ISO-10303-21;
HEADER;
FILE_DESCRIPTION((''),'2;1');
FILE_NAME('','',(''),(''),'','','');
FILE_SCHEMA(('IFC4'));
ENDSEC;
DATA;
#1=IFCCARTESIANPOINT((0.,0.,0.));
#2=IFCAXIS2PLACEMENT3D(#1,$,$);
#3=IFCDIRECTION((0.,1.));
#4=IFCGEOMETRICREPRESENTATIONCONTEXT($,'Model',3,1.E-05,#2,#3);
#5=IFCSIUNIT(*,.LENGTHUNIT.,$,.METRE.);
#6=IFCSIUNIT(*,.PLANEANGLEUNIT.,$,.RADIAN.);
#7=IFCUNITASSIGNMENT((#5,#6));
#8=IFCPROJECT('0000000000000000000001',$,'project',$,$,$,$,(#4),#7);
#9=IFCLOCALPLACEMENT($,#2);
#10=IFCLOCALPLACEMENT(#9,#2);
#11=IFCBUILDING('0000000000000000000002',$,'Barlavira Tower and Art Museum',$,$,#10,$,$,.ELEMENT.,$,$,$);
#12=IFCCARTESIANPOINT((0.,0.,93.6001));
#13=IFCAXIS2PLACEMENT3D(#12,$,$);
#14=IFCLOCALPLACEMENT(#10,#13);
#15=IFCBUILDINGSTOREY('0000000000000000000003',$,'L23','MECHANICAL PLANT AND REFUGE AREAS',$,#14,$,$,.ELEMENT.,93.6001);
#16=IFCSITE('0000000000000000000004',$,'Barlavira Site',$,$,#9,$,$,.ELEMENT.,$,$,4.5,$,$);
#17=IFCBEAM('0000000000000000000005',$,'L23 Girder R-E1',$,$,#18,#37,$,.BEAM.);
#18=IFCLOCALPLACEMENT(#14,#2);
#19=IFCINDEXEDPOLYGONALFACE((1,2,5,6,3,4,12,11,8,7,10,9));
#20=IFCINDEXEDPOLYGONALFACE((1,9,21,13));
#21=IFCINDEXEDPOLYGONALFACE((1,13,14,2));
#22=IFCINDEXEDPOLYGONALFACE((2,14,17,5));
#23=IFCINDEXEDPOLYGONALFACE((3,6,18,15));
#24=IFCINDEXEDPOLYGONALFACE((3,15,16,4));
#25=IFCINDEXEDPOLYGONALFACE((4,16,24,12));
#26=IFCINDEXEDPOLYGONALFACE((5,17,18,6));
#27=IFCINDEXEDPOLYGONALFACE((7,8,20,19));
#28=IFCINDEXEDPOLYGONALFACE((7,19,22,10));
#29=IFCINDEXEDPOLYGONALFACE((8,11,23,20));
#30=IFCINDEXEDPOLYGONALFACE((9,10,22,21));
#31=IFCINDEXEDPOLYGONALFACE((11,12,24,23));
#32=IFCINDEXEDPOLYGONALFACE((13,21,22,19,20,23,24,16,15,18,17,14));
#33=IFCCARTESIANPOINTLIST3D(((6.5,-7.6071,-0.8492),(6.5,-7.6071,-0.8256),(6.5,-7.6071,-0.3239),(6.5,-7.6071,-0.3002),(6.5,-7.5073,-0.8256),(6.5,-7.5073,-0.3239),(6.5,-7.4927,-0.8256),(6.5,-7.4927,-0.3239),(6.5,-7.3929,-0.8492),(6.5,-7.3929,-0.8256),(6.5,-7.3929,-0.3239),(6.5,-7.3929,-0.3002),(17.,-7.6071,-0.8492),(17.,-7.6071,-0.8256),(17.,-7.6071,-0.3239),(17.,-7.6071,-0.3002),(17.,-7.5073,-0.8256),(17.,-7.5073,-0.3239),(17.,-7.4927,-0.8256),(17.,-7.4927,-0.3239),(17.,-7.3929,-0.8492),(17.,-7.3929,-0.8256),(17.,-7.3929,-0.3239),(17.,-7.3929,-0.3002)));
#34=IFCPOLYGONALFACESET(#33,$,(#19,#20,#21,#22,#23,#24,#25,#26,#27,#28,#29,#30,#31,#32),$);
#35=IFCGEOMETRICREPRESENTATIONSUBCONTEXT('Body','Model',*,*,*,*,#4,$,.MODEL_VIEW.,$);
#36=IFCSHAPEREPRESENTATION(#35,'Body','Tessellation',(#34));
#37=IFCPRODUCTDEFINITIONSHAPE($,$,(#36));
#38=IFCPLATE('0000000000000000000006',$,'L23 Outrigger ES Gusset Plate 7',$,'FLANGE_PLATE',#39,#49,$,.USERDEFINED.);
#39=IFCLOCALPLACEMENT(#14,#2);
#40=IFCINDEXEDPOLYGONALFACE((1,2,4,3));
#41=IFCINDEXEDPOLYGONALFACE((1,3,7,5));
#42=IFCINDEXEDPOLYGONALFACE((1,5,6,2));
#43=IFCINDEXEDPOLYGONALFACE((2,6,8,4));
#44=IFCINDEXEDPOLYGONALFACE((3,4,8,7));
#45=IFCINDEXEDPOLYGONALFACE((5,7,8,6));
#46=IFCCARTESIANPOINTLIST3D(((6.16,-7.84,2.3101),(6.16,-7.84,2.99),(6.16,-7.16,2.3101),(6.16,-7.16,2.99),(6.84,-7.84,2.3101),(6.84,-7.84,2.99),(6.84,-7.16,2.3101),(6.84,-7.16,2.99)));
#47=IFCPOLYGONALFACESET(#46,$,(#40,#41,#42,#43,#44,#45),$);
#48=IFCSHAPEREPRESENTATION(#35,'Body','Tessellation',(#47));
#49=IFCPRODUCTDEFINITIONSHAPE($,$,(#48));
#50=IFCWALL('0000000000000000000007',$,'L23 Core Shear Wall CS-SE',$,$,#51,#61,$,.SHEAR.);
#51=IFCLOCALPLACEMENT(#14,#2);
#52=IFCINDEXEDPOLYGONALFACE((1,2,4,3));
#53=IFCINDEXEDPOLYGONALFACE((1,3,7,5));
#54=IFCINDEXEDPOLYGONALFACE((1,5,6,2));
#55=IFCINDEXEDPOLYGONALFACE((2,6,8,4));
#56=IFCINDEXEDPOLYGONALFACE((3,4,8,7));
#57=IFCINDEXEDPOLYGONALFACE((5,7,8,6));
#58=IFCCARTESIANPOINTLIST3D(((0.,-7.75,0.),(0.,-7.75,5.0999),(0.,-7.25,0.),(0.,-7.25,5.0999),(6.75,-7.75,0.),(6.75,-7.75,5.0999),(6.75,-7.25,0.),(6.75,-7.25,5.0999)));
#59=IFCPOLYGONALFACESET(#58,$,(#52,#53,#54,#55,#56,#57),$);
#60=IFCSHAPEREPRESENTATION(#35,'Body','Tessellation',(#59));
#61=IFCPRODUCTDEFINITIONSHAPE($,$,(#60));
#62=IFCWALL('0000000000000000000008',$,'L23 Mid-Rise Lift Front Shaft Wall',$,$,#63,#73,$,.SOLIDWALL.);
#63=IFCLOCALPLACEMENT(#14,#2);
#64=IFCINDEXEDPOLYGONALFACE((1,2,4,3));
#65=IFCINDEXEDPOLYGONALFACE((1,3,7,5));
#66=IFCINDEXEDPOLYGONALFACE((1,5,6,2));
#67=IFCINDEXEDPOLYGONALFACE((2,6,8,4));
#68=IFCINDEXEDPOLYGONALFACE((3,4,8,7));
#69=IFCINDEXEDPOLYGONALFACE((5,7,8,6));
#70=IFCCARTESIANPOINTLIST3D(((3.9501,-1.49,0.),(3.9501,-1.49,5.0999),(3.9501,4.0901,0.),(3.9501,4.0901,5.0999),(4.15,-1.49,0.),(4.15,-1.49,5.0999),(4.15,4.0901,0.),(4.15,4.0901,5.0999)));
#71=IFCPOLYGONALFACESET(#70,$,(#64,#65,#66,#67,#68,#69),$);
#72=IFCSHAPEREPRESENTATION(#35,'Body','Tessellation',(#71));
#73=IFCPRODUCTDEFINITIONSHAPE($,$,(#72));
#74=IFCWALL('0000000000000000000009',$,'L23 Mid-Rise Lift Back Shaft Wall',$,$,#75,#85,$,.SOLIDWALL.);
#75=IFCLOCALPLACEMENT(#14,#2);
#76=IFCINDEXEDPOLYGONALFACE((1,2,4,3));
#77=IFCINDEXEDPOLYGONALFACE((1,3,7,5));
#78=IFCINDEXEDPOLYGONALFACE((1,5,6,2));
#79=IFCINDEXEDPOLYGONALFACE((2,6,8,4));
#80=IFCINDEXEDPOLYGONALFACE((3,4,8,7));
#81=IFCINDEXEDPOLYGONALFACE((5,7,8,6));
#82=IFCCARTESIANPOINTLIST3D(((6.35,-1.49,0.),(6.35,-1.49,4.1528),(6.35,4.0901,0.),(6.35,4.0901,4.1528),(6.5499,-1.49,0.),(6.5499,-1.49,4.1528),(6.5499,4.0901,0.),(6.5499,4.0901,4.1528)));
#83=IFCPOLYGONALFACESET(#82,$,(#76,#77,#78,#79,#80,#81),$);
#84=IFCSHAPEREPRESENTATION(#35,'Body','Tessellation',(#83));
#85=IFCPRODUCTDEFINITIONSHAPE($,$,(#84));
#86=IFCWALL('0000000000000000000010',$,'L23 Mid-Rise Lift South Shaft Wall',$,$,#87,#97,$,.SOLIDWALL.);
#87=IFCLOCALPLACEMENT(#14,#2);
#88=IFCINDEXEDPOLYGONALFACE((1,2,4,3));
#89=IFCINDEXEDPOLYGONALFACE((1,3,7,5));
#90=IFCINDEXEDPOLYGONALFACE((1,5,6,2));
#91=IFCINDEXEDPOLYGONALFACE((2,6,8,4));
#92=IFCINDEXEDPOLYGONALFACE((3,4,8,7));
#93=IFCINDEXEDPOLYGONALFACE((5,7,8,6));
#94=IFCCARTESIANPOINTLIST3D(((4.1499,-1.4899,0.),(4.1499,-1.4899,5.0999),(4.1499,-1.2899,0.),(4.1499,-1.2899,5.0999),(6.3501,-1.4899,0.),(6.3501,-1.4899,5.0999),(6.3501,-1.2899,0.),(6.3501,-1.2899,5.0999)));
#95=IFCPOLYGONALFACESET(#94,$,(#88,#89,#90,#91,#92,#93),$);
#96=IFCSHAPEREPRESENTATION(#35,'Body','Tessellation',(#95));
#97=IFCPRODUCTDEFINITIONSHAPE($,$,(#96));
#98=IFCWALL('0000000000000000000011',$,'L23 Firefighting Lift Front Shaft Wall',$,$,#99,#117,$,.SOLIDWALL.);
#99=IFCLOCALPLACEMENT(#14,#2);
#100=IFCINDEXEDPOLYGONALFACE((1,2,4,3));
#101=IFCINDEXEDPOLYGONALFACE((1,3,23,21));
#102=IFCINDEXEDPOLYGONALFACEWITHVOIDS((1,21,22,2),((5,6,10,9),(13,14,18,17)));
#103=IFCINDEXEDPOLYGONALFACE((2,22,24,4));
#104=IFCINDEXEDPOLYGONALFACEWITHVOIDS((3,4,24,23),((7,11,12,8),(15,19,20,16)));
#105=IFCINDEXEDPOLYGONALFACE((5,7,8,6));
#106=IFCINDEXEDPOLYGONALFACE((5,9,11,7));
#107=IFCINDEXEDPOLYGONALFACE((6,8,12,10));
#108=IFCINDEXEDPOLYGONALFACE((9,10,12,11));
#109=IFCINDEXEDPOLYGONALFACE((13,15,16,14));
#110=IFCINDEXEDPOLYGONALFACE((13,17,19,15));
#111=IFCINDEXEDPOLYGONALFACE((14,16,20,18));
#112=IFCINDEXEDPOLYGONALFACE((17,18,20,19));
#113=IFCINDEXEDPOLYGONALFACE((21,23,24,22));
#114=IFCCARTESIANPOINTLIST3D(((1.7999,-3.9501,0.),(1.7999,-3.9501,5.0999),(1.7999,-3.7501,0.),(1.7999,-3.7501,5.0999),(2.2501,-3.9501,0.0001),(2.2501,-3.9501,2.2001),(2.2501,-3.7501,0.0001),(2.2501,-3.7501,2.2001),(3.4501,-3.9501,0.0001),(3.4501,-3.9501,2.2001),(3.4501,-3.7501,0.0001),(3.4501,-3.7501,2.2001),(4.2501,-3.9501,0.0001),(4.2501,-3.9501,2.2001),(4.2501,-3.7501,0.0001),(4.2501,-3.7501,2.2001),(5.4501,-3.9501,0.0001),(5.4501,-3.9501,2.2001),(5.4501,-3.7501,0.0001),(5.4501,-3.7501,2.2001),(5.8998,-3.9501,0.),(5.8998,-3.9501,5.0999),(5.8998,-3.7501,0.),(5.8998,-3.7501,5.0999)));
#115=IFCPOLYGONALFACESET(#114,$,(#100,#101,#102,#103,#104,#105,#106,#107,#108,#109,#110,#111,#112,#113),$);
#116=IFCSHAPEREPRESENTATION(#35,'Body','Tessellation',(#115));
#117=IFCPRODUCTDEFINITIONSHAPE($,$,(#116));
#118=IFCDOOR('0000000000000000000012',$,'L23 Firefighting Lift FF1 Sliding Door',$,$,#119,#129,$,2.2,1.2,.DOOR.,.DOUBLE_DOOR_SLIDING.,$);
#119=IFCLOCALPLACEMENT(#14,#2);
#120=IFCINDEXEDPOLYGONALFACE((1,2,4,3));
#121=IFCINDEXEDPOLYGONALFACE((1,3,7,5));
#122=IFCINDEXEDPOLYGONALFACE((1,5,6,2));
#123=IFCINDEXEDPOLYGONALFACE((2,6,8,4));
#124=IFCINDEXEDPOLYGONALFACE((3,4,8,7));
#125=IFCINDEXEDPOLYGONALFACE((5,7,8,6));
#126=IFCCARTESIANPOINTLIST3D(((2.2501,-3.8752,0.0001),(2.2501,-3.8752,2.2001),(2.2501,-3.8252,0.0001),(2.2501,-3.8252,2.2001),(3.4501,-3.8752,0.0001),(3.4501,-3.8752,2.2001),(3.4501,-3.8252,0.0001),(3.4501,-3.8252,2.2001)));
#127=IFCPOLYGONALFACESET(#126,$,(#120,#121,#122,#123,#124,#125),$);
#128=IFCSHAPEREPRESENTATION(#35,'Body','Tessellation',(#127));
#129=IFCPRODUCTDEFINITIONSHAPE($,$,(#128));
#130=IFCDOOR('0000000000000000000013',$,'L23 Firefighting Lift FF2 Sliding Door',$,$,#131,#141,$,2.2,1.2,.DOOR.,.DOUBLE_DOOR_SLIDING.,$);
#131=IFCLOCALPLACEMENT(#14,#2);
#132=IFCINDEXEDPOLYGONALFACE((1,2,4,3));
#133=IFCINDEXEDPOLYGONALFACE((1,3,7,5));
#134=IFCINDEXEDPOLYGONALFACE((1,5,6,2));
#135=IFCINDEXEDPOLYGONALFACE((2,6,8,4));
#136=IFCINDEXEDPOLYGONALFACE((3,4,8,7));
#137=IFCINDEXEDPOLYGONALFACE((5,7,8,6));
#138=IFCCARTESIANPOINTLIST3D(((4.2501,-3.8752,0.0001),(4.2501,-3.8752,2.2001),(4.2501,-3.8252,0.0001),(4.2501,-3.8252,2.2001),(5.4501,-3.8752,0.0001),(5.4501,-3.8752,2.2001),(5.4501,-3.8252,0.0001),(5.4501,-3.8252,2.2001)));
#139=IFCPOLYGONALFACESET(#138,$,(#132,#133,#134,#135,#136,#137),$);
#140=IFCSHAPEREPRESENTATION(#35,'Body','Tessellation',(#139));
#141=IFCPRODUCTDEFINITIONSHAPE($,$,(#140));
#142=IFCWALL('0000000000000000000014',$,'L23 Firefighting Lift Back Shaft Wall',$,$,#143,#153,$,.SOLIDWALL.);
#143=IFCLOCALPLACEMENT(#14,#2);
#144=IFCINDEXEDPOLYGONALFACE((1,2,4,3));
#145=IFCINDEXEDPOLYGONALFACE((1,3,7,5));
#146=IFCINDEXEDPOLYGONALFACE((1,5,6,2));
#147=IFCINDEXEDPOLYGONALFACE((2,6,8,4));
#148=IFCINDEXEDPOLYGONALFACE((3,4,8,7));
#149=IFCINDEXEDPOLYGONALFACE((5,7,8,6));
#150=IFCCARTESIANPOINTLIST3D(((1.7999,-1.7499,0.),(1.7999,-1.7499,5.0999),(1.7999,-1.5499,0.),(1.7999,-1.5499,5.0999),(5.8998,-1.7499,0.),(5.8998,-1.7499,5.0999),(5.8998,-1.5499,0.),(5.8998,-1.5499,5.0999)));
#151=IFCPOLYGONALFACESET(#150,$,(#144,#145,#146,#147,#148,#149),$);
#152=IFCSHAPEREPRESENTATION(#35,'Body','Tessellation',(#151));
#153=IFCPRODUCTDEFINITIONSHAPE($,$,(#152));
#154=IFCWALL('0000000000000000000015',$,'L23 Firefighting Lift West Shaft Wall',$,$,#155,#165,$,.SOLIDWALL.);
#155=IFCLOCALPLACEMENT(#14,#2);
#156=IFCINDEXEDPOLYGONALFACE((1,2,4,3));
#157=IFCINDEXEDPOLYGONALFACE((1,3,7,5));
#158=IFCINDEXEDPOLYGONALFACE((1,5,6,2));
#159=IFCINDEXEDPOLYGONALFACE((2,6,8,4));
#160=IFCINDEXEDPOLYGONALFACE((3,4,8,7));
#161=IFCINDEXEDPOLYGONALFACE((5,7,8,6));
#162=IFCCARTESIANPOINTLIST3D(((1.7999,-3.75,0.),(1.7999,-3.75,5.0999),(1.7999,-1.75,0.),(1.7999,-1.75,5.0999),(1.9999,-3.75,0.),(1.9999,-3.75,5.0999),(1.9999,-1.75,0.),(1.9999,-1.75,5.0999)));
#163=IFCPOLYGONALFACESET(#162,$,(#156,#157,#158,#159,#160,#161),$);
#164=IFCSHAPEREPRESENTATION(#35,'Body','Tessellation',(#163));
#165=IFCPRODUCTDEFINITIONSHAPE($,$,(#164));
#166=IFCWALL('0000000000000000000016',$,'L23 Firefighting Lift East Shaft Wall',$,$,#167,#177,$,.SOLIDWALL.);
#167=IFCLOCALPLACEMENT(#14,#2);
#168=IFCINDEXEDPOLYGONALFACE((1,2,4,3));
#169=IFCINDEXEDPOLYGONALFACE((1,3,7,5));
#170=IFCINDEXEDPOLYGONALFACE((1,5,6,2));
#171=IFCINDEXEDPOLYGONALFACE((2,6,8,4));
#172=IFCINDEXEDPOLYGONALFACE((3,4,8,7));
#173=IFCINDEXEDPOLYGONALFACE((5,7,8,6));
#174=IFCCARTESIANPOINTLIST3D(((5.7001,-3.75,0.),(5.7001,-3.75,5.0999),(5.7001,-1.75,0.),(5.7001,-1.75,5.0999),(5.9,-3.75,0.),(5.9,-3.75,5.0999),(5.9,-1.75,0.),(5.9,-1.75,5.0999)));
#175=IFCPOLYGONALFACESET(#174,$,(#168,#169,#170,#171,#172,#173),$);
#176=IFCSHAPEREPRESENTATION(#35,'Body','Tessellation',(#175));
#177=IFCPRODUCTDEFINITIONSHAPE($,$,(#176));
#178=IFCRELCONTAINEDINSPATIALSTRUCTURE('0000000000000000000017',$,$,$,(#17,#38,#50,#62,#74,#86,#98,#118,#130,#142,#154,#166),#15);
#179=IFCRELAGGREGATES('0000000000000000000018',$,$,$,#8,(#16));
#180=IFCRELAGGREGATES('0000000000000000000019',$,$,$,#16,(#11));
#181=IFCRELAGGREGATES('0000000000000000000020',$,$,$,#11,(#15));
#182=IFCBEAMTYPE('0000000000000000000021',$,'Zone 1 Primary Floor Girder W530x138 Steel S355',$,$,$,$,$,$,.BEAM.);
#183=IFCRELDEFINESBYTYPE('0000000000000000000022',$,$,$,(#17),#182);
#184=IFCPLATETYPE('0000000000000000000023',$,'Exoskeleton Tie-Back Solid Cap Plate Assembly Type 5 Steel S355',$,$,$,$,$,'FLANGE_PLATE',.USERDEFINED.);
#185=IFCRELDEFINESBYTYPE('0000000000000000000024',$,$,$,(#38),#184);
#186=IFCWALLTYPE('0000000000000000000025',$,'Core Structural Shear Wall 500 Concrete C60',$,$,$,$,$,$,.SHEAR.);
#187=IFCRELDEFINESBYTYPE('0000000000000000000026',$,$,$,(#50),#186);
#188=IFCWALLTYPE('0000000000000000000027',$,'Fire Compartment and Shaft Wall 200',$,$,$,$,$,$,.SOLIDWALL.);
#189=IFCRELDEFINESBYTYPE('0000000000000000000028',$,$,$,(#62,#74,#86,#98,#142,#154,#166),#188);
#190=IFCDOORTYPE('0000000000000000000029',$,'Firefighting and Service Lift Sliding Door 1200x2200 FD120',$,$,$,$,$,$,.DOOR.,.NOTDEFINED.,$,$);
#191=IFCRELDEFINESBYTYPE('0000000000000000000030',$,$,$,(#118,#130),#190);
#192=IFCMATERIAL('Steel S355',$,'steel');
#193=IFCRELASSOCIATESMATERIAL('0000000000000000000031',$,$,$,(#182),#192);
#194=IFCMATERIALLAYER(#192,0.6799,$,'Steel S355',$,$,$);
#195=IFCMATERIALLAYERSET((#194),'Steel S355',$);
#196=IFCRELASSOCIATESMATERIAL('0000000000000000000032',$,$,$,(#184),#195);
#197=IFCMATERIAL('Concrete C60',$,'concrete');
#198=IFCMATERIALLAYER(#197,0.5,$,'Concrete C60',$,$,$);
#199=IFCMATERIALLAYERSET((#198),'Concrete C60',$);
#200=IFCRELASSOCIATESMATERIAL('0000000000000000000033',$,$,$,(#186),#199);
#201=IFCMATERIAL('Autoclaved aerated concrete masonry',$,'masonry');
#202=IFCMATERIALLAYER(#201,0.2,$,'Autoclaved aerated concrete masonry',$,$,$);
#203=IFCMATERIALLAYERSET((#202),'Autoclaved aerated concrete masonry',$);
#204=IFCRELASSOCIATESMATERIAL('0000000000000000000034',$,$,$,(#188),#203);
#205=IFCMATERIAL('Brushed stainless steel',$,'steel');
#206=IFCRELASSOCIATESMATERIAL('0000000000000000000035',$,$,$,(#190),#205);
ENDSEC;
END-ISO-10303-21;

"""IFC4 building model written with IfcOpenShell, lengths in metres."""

from ifc_helpers import new_model, si_unit, direction, frame, frame_2d, origin, origin_2d, place, context, subcontext, project, spatial, rectangle, i_section, extrude, material, layer, layer_set, material_profile, profile_set, type_object, element, fill, save


model = new_model("IFC4")

# Units and contexts
model_context = context("Model", 3, precision=1e-05, world=origin(), true_north=direction((0.0, 1.0)))
body_context = subcontext(model_context, "Body", "Model", "MODEL_VIEW")
ifc_project = project(units=[si_unit("LENGTHUNIT", "METRE"), si_unit("PLANEANGLEUNIT", "RADIAN")], contexts=[model_context])

# Site, building, storey
site_placement = place(None, origin())
site = spatial("IfcSite", under=ifc_project, at=site_placement, Name="Barlavira Site", CompositionType="ELEMENT", RefElevation=4.5)
building_placement = place(site_placement, origin())
building = spatial("IfcBuilding", under=site, at=building_placement, Name="Barlavira Tower and Art Museum", CompositionType="ELEMENT")
storey_placement = place(building_placement, frame((0.0, 0.0, 93.6001)))
storey = spatial("IfcBuildingStorey", under=building, at=storey_placement, Name="L23", Description="MECHANICAL PLANT AND REFUGE AREAS", CompositionType="ELEMENT", Elevation=93.6001)

# Shared definitions
ifc_material_1 = material(Name="Steel S355", Category="steel")

# Beam
ifc_material_profile_1 = material_profile(ifc_material_1, i_section(OverallWidth=0.2141, OverallDepth=0.5491, WebThickness=0.0146, FlangeThickness=0.0237, at=origin_2d()), Name="W530x138.0")
ifc_profile_set_1 = profile_set([ifc_material_profile_1], Name="Steel S355")
beam_type = type_object("IfcBeamType", Name="Zone 1 Primary Floor Girder W530x138 Steel S355", PredefinedType="BEAM", material=ifc_profile_set_1)
beam_1_placement = place(storey_placement, frame((6.5, -7.5, -0.5747), z_axis=(1.0, 0.0, 0.0), x_axis=(0.0, 1.0, 0.0)))
element("IfcBeam", 1, at=beam_1_placement, inside=storey, type_object=beam_type, Name="L23 Girder R-E1", PredefinedType="BEAM", context=body_context, shape_type="SweptSolid", body=[
    extrude(i_section(OverallWidth=0.2141, OverallDepth=0.5491, WebThickness=0.0146, FlangeThickness=0.0237, at=origin_2d()), origin(), (0.0, 0.0, 1.0), 10.5),
])

# Plate
ifc_layer_1 = layer(ifc_material_1, 0.6799, Name="Steel S355")
ifc_layer_set_1 = layer_set([ifc_layer_1], Name="Steel S355")
plate_type = type_object("IfcPlateType", Name="Exoskeleton Tie-Back Solid Cap Plate Assembly Type 5 Steel S355", ElementType="FLANGE_PLATE", PredefinedType="USERDEFINED", material=ifc_layer_set_1)
plate_placement = place(storey_placement, frame((6.5, -7.5, 2.3101), z_axis=(0.0, 0.0, 1.0), x_axis=(1.0, 0.0, 0.0)))
element("IfcPlate", 2, at=plate_placement, inside=storey, type_object=plate_type, Name="L23 Outrigger ES Gusset Plate 7", ObjectType="FLANGE_PLATE", PredefinedType="USERDEFINED", context=body_context, shape_type="SweptSolid", body=[
    extrude(rectangle(XDim=0.6799, YDim=0.6799, at=origin_2d()), origin(), (0.0, 0.0, 1.0), 0.6799),
])

# Wall
ifc_material_2 = material(Name="Concrete C60", Category="concrete")
ifc_layer_2 = layer(ifc_material_2, 0.5, Name="Concrete C60")
ifc_layer_set_2 = layer_set([ifc_layer_2], Name="Concrete C60")
wall_type_1 = type_object("IfcWallType", Name="Core Structural Shear Wall 500 Concrete C60", PredefinedType="SHEAR", material=ifc_layer_set_2)
wall_1_placement = place(storey_placement, frame((0.0, -7.5, 0.0), z_axis=(0.0, 0.0, 1.0), x_axis=(1.0, 0.0, 0.0)))
element("IfcWall", 3, at=wall_1_placement, inside=storey, type_object=wall_type_1, Name="L23 Core Shear Wall CS-SE", PredefinedType="SHEAR", context=body_context, shape_type="SweptSolid", body=[
    extrude(rectangle(XDim=6.75, YDim=0.5, at=frame_2d((3.375, 0.0))), origin(), (0.0, 0.0, 1.0), 5.0999),
])

# Shared definitions
ifc_material_3 = material(Name="Brushed stainless steel", Category="steel")

# Walls
ifc_material_4 = material(Name="Autoclaved aerated concrete masonry", Category="masonry")
ifc_layer_3 = layer(ifc_material_4, 0.2, Name="Autoclaved aerated concrete masonry")
ifc_layer_set_3 = layer_set([ifc_layer_3], Name="Autoclaved aerated concrete masonry")
wall_type_2 = type_object("IfcWallType", Name="Fire Compartment and Shaft Wall 200", PredefinedType="SOLIDWALL", material=ifc_layer_set_3)
wall_2_placement = place(storey_placement, frame((4.05, -1.49, 0.0), z_axis=(0.0, 0.0, 1.0), x_axis=(0.0, 1.0, 0.0)))
element("IfcWall", 4, at=wall_2_placement, inside=storey, type_object=wall_type_2, Name="L23 Mid-Rise Lift Front Shaft Wall", PredefinedType="SOLIDWALL", context=body_context, shape_type="SweptSolid", body=[
    extrude(rectangle(XDim=5.5801, YDim=0.2, at=frame_2d((2.79, 0.0))), origin(), (0.0, 0.0, 1.0), 5.0999),
])
wall_3_placement = place(storey_placement, frame((6.45, -1.49, 0.0), z_axis=(0.0, 0.0, 1.0), x_axis=(0.0, 1.0, 0.0)))
element("IfcWall", 5, at=wall_3_placement, inside=storey, type_object=wall_type_2, Name="L23 Mid-Rise Lift Back Shaft Wall", PredefinedType="SOLIDWALL", context=body_context, shape_type="SweptSolid", body=[
    extrude(rectangle(XDim=5.5801, YDim=0.2, at=frame_2d((2.79, 0.0))), origin(), (0.0, 0.0, 1.0), 4.1528),
])
wall_4_placement = place(storey_placement, frame((4.1499, -1.3899, 0.0), z_axis=(0.0, 0.0, 1.0), x_axis=(1.0, 0.0, 0.0)))
element("IfcWall", 6, at=wall_4_placement, inside=storey, type_object=wall_type_2, Name="L23 Mid-Rise Lift South Shaft Wall", PredefinedType="SOLIDWALL", context=body_context, shape_type="SweptSolid", body=[
    extrude(rectangle(XDim=2.2002, YDim=0.2, at=frame_2d((1.1001, 0.0))), origin(), (0.0, 0.0, 1.0), 5.0999),
])

# Wall, openings, doors
wall_5_placement = place(storey_placement, frame((1.8, -3.8501, 0.0), z_axis=(0.0, 0.0, 1.0), x_axis=(1.0, 0.0, 0.0)))
wall_5 = element("IfcWall", 7, at=wall_5_placement, inside=storey, type_object=wall_type_2, Name="L23 Firefighting Lift Front Shaft Wall", PredefinedType="SOLIDWALL", context=body_context, shape_type="SweptSolid", body=[
    extrude(rectangle(XDim=4.0999, YDim=0.2, at=frame_2d((2.0498, 0.0))), origin(), (0.0, 0.0, 1.0), 5.0999),
])
opening_1_placement = place(wall_5_placement, frame((0.45, 0.0, 0.0)))
opening_1 = element("IfcOpeningElement", 8, at=opening_1_placement, cuts=wall_5, PredefinedType="OPENING", context=body_context, shape_type="SweptSolid", body=[
    extrude(rectangle(XDim=1.2, YDim=2.2, at=frame_2d((0.6001, 1.1001))), frame((0.0, 0.1099, 0.0), z_axis=(0.0, -1.0, 0.0), x_axis=(1.0, 0.0, 0.0)), (0.0, 0.0, 1.0), 0.22),
])
opening_2_placement = place(wall_5_placement, frame((2.45, 0.0, 0.0)))
opening_2 = element("IfcOpeningElement", 9, at=opening_2_placement, cuts=wall_5, PredefinedType="OPENING", context=body_context, shape_type="SweptSolid", body=[
    extrude(rectangle(XDim=1.2, YDim=2.2, at=frame_2d((0.6001, 1.1001))), frame((0.0, 0.1099, 0.0), z_axis=(0.0, -1.0, 0.0), x_axis=(1.0, 0.0, 0.0)), (0.0, 0.0, 1.0), 0.22),
])
door_type_1 = type_object("IfcDoorType", Name="Firefighting and Service Lift Sliding Door 1200x2200 FD120", OperationType="NOTDEFINED", PredefinedType="DOOR", material=ifc_material_3)
door_1_placement = place(opening_1_placement, origin())
door_1 = element("IfcDoor", 10, at=door_1_placement, inside=storey, type_object=door_type_1, Name="L23 Firefighting Lift FF1 Sliding Door", OperationType="DOUBLE_DOOR_SLIDING", OverallHeight=2.2, OverallWidth=1.2, PredefinedType="DOOR", context=body_context, shape_type="SweptSolid", body=[
    extrude(rectangle(XDim=1.2, YDim=2.2, at=frame_2d((0.6001, 1.1001))), frame((0.0, 0.0249, 0.0), z_axis=(0.0, -1.0, 0.0), x_axis=(1.0, 0.0, 0.0)), (0.0, 0.0, 1.0), 0.05),
])
fill(opening_1, door_1)
door_2_placement = place(opening_2_placement, origin())
door_2 = element("IfcDoor", 11, at=door_2_placement, inside=storey, type_object=door_type_1, Name="L23 Firefighting Lift FF2 Sliding Door", OperationType="DOUBLE_DOOR_SLIDING", OverallHeight=2.2, OverallWidth=1.2, PredefinedType="DOOR", context=body_context, shape_type="SweptSolid", body=[
    extrude(rectangle(XDim=1.2, YDim=2.2, at=frame_2d((0.6001, 1.1001))), frame((0.0, 0.0249, 0.0), z_axis=(0.0, -1.0, 0.0), x_axis=(1.0, 0.0, 0.0)), (0.0, 0.0, 1.0), 0.05),
])
fill(opening_2, door_2)

# Walls
wall_6_placement = place(storey_placement, frame((1.8, -1.6499, 0.0), z_axis=(0.0, 0.0, 1.0), x_axis=(1.0, 0.0, 0.0)))
element("IfcWall", 12, at=wall_6_placement, inside=storey, type_object=wall_type_2, Name="L23 Firefighting Lift Back Shaft Wall", PredefinedType="SOLIDWALL", context=body_context, shape_type="SweptSolid", body=[
    extrude(rectangle(XDim=4.0999, YDim=0.2, at=frame_2d((2.0498, 0.0))), origin(), (0.0, 0.0, 1.0), 5.0999),
])
for number, where, z_axis, x_axis, name in (
    (13, (1.8999, -3.75, 0.0), (0.0, 0.0, 1.0), (0.0, 1.0, 0.0), "L23 Firefighting Lift West Shaft Wall"),
    (14, (5.8, -3.75, 0.0), (0.0, 0.0, 1.0), (0.0, 1.0, 0.0), "L23 Firefighting Lift East Shaft Wall"),
):
    element("IfcWall", number, at=place(storey_placement, frame(where, z_axis=z_axis, x_axis=x_axis)), inside=storey, type_object=wall_type_2, Name=name, PredefinedType="SOLIDWALL", context=body_context, shape_type="SweptSolid", body=[
        extrude(rectangle(XDim=2.0, YDim=0.2, at=frame_2d((1.0, 0.0))), origin(), (0.0, 0.0, 1.0), 5.0999),
    ])

save(model, "model.ifc")
